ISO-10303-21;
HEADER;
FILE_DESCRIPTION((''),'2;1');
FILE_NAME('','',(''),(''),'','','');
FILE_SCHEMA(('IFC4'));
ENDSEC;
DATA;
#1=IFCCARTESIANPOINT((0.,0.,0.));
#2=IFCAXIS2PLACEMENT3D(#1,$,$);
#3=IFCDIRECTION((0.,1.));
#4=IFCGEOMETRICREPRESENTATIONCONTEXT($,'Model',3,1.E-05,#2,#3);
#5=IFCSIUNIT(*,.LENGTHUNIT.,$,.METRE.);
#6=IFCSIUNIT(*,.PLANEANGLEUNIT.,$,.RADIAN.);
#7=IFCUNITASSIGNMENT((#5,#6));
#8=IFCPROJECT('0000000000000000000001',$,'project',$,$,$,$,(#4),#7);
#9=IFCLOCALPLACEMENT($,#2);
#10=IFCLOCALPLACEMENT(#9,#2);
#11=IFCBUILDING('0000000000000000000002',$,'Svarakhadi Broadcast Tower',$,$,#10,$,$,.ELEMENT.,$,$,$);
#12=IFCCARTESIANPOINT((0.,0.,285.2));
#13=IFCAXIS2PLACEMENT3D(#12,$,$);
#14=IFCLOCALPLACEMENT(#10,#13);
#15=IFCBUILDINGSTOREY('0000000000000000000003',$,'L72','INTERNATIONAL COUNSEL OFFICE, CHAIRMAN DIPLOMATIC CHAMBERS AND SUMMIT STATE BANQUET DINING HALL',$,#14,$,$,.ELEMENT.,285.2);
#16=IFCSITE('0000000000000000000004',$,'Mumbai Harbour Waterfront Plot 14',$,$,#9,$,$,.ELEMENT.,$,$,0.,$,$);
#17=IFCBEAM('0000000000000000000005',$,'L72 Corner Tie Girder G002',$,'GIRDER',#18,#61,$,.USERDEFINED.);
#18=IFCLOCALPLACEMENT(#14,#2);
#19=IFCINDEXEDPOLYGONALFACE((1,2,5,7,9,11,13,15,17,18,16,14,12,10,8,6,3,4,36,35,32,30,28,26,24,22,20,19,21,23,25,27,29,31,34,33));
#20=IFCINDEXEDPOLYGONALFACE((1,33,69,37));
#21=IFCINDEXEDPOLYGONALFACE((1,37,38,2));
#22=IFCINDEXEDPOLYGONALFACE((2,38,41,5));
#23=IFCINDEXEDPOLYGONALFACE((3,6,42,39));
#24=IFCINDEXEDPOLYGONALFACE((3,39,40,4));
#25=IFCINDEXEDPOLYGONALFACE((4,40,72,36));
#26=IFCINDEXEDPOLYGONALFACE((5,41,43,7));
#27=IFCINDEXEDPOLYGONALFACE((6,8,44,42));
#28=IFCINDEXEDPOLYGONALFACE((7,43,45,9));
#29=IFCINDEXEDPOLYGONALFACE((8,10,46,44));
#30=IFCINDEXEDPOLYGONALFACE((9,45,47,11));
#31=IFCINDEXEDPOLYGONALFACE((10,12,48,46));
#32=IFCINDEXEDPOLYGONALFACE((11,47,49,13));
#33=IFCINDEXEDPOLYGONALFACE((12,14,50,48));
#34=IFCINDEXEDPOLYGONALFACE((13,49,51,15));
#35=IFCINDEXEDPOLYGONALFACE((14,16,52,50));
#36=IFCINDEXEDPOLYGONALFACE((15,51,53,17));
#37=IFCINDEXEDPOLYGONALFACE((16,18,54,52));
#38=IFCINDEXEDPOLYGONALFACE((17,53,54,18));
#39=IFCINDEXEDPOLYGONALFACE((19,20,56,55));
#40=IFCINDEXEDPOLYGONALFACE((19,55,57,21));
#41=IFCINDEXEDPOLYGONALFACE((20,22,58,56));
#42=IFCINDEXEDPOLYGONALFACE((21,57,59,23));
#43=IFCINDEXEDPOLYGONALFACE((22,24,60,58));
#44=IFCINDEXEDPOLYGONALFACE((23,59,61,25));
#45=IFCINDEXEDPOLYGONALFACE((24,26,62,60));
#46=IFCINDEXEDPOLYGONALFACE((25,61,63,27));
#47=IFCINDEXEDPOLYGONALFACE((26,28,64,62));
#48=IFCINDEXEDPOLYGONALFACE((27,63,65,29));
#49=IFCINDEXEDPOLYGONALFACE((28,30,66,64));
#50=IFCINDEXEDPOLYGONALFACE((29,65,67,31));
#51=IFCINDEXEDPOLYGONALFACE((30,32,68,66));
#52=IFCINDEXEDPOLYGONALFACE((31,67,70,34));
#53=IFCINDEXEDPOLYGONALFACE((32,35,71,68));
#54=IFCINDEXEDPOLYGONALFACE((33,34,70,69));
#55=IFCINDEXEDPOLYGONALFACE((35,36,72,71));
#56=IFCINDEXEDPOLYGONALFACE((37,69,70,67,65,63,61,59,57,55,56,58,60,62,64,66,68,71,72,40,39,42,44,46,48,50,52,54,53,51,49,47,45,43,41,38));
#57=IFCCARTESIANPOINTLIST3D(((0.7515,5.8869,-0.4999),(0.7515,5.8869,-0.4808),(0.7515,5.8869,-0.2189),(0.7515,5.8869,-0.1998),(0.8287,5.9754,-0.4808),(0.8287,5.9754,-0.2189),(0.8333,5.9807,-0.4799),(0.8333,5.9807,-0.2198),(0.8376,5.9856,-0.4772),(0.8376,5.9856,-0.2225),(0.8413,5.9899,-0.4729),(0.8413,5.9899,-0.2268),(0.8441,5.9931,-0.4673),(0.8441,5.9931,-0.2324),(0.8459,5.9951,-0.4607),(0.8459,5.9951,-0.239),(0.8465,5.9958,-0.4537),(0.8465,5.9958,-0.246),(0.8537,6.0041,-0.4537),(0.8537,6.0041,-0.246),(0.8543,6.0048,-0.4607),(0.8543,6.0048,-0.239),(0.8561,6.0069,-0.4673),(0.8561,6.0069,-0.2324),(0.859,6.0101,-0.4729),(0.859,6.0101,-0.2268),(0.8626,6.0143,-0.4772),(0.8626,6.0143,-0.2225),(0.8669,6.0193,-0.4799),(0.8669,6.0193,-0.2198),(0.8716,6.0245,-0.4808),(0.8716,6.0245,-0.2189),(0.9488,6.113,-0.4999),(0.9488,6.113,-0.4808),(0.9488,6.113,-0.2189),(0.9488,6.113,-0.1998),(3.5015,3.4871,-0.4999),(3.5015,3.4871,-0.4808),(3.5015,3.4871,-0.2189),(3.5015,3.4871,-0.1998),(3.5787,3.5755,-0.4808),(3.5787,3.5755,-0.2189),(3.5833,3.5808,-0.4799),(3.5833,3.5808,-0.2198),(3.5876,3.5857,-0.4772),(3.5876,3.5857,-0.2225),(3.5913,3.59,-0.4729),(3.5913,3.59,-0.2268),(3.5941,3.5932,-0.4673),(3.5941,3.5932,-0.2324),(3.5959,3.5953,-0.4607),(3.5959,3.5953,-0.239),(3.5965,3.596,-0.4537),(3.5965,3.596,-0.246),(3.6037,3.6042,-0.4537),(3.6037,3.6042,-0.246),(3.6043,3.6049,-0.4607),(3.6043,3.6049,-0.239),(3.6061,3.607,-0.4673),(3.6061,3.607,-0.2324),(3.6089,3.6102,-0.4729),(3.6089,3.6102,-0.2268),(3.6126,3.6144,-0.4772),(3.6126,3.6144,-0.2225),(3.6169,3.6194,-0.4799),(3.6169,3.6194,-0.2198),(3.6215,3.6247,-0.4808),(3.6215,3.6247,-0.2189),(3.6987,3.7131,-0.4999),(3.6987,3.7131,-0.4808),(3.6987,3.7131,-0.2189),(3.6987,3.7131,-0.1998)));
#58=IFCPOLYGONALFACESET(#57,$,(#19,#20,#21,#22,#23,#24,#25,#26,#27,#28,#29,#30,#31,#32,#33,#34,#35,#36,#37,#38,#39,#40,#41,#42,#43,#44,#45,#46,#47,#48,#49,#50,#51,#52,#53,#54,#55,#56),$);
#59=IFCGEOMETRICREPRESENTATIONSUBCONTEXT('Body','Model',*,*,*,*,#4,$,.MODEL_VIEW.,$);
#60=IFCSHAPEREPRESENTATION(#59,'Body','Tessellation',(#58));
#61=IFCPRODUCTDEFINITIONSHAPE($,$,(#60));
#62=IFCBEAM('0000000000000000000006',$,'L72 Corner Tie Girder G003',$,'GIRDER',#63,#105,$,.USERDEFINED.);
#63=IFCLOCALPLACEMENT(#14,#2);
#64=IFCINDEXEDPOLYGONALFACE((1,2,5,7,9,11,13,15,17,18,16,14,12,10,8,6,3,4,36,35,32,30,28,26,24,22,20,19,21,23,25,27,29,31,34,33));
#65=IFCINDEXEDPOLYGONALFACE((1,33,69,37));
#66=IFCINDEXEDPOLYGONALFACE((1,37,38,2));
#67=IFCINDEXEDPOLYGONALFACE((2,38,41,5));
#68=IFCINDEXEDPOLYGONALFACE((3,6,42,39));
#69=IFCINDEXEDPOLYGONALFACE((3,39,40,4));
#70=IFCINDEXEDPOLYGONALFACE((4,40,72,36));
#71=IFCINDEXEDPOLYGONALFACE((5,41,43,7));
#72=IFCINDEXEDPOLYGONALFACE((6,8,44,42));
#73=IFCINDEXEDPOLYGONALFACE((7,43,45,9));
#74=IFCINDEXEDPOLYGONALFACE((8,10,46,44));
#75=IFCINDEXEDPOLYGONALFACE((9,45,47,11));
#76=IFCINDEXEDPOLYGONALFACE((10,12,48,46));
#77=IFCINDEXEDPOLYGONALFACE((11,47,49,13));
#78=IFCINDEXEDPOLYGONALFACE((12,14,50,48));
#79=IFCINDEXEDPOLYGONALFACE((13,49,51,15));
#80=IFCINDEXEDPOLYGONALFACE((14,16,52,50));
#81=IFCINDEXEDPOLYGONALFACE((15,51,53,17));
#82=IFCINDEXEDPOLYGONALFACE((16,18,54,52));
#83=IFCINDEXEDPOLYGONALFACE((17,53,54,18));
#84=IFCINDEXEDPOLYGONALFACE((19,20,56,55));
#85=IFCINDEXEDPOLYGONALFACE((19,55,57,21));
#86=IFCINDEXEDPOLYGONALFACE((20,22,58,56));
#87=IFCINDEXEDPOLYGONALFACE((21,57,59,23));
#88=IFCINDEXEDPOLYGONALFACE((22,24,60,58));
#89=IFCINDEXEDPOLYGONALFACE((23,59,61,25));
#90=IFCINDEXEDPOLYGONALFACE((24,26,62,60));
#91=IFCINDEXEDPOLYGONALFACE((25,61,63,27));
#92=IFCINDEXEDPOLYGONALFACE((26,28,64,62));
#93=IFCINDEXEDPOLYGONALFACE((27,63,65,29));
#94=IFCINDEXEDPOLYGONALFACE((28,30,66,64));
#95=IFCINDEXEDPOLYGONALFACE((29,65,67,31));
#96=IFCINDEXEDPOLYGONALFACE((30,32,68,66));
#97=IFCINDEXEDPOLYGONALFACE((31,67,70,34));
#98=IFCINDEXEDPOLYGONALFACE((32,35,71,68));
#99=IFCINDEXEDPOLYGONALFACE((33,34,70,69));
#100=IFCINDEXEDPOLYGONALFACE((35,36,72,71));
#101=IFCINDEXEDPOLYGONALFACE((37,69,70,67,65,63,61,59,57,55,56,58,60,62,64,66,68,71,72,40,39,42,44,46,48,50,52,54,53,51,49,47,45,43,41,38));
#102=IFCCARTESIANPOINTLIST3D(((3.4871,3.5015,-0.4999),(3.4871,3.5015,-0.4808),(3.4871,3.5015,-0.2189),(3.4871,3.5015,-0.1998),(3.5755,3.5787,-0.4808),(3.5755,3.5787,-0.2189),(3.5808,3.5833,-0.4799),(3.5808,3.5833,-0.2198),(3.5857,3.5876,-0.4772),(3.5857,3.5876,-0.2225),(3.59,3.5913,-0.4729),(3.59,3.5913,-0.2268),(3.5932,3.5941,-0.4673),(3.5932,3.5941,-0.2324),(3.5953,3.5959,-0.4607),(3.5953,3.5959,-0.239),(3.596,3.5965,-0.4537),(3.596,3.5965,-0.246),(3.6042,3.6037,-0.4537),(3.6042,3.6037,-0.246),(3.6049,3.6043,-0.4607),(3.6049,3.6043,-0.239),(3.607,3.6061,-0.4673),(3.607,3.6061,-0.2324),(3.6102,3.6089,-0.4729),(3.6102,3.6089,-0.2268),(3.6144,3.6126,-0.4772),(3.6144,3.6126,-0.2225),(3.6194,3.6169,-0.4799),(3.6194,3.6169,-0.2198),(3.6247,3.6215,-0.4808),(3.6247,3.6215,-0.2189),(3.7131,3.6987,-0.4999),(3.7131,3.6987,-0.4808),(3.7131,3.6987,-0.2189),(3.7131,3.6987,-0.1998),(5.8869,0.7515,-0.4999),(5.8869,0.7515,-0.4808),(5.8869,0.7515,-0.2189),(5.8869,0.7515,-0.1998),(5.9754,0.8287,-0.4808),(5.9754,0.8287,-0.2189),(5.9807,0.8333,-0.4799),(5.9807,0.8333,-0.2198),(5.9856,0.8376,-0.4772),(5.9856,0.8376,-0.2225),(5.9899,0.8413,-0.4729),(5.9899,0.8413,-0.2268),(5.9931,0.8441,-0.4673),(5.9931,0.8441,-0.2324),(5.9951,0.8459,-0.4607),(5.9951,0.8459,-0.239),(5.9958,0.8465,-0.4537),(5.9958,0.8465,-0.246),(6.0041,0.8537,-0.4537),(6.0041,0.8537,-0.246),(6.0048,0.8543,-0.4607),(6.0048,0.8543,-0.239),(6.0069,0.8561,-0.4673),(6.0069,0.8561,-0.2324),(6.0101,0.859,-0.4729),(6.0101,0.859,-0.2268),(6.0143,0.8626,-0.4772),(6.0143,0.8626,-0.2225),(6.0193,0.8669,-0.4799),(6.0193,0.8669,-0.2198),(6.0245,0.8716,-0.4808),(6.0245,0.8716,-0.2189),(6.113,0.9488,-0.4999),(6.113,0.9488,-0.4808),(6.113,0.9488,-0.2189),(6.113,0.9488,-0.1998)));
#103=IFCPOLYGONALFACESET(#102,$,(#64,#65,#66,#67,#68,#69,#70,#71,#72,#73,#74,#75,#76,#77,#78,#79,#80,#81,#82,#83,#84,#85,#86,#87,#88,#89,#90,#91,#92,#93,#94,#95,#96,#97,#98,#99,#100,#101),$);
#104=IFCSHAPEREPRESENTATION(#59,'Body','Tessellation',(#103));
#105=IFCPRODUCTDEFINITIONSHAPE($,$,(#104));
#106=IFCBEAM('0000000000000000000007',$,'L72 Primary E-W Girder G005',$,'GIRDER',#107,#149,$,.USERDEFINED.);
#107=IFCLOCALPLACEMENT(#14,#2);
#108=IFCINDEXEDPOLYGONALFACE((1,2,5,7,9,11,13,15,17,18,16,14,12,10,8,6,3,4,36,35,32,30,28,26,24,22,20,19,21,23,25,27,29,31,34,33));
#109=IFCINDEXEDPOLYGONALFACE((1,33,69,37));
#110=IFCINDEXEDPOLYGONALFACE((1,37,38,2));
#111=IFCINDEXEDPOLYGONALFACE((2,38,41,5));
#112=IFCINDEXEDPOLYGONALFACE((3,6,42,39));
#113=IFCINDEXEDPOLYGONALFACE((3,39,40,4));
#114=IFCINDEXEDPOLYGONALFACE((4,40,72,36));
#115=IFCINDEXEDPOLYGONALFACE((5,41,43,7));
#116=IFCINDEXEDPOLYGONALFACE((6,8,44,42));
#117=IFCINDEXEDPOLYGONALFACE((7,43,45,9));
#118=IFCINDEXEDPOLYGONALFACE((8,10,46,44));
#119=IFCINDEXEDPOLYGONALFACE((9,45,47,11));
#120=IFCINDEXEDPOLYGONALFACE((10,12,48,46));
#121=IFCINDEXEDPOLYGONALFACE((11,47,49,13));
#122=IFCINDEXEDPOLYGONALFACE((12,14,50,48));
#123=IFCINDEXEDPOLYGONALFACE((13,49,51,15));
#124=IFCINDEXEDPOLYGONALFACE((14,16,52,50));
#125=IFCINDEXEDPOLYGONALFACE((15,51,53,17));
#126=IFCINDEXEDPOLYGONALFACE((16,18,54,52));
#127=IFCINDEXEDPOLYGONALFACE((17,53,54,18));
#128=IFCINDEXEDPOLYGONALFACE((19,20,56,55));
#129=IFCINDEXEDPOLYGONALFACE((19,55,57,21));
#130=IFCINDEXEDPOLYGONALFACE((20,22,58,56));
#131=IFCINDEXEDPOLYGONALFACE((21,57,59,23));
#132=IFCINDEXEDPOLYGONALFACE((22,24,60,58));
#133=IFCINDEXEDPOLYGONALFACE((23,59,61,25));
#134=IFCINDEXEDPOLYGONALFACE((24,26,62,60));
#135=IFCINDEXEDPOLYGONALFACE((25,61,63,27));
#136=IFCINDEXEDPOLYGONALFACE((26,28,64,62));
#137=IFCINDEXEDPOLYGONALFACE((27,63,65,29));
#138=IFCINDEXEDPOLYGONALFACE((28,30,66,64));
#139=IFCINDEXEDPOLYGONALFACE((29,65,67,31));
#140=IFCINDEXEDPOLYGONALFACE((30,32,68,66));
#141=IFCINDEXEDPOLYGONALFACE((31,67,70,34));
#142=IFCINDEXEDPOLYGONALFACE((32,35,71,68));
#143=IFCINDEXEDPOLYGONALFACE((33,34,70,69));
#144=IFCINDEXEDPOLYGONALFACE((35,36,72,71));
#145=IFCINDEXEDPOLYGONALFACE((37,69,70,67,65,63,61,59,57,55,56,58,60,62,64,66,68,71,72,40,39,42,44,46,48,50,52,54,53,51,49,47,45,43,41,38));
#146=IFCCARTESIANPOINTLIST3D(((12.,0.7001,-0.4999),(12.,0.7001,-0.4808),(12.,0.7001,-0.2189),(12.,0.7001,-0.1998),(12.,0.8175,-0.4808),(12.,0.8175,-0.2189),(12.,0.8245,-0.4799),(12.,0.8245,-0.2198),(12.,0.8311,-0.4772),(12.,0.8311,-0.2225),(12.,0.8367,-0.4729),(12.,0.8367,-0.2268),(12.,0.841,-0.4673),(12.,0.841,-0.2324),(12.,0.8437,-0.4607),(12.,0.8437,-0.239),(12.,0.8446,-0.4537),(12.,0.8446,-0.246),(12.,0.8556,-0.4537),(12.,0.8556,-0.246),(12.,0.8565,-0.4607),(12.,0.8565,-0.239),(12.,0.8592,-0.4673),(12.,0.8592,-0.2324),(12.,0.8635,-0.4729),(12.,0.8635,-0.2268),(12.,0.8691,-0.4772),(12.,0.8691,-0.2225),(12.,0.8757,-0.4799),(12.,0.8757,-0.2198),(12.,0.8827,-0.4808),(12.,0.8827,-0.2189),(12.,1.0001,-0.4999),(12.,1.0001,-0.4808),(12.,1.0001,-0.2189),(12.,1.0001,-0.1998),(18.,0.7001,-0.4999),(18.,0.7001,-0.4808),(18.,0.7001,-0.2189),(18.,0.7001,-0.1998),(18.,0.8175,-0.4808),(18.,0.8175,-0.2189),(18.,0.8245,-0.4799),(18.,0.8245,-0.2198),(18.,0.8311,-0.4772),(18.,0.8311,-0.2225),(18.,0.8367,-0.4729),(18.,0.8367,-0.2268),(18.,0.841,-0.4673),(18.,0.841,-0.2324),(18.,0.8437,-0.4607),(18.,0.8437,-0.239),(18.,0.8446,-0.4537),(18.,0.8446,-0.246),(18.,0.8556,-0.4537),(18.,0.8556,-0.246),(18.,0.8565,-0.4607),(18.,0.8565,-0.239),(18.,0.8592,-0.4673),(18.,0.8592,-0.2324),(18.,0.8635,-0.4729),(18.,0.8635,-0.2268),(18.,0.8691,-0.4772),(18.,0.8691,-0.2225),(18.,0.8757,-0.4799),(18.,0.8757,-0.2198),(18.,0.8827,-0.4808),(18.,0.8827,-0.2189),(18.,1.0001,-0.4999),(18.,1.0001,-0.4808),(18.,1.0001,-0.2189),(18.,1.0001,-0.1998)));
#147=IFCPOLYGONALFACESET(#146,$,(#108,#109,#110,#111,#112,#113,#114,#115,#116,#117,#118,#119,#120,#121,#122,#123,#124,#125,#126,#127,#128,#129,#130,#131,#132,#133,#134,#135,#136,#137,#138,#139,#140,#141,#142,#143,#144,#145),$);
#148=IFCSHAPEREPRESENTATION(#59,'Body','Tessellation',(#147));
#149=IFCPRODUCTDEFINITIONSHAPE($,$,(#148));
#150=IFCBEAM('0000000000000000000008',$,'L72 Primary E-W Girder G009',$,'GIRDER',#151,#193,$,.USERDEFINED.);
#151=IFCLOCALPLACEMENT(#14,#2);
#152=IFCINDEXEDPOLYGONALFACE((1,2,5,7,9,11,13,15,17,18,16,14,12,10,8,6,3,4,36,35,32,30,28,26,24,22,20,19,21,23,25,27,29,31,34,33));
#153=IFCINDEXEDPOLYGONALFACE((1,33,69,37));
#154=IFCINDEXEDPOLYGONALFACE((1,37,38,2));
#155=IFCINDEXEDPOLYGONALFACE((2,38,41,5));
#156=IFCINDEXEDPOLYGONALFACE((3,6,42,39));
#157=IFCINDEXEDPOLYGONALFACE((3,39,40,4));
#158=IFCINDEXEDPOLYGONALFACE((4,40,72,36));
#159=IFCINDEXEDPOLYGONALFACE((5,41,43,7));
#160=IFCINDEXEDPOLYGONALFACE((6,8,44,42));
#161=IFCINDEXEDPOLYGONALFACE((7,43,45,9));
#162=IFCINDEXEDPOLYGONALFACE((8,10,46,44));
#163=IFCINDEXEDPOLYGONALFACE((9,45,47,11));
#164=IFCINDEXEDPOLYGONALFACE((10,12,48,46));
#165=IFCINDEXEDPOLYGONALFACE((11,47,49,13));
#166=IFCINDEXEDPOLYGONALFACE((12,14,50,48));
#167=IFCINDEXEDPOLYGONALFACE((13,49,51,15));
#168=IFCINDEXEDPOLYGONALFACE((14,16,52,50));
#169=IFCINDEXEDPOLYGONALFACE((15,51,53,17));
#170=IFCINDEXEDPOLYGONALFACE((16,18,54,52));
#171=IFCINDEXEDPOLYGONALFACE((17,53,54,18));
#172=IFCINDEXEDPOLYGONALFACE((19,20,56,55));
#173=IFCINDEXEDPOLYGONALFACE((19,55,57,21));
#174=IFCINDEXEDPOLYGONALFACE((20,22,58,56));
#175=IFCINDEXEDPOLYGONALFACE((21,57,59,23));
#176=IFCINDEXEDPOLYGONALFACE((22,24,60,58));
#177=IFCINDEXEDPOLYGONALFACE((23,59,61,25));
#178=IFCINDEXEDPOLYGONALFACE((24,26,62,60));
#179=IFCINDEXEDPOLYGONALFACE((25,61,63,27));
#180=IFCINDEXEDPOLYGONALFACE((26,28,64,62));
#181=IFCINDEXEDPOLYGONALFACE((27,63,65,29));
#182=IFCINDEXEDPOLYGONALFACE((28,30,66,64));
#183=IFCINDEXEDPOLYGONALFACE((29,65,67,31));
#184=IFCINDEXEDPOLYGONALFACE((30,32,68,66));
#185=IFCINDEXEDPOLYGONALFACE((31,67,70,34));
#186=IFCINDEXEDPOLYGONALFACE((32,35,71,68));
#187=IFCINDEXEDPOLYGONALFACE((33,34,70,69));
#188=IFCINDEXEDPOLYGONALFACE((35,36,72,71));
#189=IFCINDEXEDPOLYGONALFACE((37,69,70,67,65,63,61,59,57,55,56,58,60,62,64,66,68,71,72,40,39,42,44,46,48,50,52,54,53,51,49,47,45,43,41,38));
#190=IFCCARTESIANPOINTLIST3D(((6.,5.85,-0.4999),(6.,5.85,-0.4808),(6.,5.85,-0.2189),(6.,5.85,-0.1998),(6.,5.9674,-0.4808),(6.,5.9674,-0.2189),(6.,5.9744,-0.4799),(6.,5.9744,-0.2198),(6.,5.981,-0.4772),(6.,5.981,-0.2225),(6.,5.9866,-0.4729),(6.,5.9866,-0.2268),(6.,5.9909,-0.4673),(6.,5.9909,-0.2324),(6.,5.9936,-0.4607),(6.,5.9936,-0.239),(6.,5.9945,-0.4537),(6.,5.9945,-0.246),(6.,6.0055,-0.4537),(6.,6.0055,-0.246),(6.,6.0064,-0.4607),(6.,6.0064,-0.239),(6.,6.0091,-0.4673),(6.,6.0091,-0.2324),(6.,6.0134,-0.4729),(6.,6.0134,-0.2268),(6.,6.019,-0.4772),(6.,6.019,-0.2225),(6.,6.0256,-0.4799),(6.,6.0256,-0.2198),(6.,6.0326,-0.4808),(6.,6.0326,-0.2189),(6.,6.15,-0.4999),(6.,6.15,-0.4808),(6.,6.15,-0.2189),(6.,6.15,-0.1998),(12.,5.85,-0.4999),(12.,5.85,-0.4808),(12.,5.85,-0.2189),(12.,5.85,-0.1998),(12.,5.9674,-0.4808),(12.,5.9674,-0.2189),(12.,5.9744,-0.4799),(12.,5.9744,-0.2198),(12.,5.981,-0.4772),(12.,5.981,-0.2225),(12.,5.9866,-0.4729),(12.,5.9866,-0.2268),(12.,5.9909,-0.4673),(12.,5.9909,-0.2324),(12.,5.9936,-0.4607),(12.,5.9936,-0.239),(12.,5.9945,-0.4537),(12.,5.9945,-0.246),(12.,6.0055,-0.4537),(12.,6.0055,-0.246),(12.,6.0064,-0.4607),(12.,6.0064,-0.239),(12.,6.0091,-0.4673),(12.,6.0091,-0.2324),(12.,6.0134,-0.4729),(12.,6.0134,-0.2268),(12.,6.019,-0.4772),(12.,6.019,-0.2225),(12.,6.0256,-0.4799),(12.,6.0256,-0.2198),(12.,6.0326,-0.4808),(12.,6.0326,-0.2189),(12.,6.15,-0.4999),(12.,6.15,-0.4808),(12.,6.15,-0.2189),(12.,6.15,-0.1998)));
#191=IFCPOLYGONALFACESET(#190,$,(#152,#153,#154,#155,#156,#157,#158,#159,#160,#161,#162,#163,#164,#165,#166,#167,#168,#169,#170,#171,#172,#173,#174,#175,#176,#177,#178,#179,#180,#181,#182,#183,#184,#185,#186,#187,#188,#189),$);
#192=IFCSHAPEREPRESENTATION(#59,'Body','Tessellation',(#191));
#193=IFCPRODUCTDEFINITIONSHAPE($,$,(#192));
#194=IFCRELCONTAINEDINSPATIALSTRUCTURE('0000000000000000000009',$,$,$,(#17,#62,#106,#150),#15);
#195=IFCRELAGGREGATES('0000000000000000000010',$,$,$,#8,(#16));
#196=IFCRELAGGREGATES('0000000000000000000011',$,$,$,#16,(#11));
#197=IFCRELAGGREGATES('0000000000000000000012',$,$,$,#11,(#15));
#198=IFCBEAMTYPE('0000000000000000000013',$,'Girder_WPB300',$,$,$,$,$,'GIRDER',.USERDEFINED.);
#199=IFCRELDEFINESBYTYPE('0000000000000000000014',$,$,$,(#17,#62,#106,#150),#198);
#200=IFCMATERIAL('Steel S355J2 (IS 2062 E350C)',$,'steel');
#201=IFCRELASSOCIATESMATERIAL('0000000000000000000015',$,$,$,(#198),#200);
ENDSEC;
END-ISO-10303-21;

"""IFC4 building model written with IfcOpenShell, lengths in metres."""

from ifc_helpers import new_model, si_unit, direction, frame, origin, origin_2d, place, context, subcontext, project, spatial, i_section, extrude, material, material_profile, profile_set, type_object, element, save


model = new_model("IFC4")

# Units and contexts
model_context = context("Model", 3, precision=1e-05, world=origin(), true_north=direction((0.0, 1.0)))
body_context = subcontext(model_context, "Body", "Model", "MODEL_VIEW")
ifc_project = project(units=[si_unit("LENGTHUNIT", "METRE"), si_unit("PLANEANGLEUNIT", "RADIAN")], contexts=[model_context])

# Site, building, storey
site_placement = place(None, origin())
site = spatial("IfcSite", under=ifc_project, at=site_placement, Name="Mumbai Harbour Waterfront Plot 14", CompositionType="ELEMENT", RefElevation=0.0)
building_placement = place(site_placement, origin())
building = spatial("IfcBuilding", under=site, at=building_placement, Name="Svarakhadi Broadcast Tower", CompositionType="ELEMENT")
storey_placement = place(building_placement, frame((0.0, 0.0, 285.2)))
storey = spatial("IfcBuildingStorey", under=building, at=storey_placement, Name="L72", Description="INTERNATIONAL COUNSEL OFFICE, CHAIRMAN DIPLOMATIC CHAMBERS AND SUMMIT STATE BANQUET DINING HALL", CompositionType="ELEMENT", Elevation=285.2)

# Beams
ifc_material_1 = material(Name="Steel S355J2 (IS 2062 E350C)", Category="steel")
ifc_material_profile_1 = material_profile(ifc_material_1, i_section(OverallWidth=0.3, OverallDepth=0.3, WebThickness=0.011, FlangeThickness=0.019, FilletRadius=0.0271, at=origin_2d()), Name="WPB 300x300x117")
ifc_profile_set_1 = profile_set([ifc_material_profile_1], Name="Steel S355J2 (IS 2062 E350C)")
beam_type_1 = type_object("IfcBeamType", Name="Girder_WPB300", ElementType="GIRDER", PredefinedType="USERDEFINED", material=ifc_profile_set_1)
for number, where, z_axis, x_axis, name in (
    (1, (3.6001, 3.6001, -0.3499), (-0.753438, 0.657519, 0.0), (-0.657519, -0.753438, 0.0), "L72 Corner Tie Girder G002"),
    (2, (3.6001, 3.6001, -0.3499), (0.657519, -0.753438, 0.0), (0.753438, 0.657519, 0.0), "L72 Corner Tie Girder G003"),
):
    element("IfcBeam", number, at=place(storey_placement, frame(where, z_axis=z_axis, x_axis=x_axis)), inside=storey, type_object=beam_type_1, Name=name, ObjectType="GIRDER", PredefinedType="USERDEFINED", context=body_context, shape_type="SweptSolid", body=[
        extrude(i_section(OverallWidth=0.3, OverallDepth=0.3, WebThickness=0.011, FlangeThickness=0.019, FilletRadius=0.0271, at=origin_2d()), origin(), (0.0, 0.0, 1.0), 3.6499),
    ])
for number, where, z_axis, x_axis, name in (
    (3, (12.0, 0.8501, -0.3499), (1.0, 0.0, 0.0), (0.0, 1.0, 0.0), "L72 Primary E-W Girder G005"),
    (4, (6.0, 6.0, -0.3499), (1.0, 0.0, 0.0), (0.0, 1.0, 0.0), "L72 Primary E-W Girder G009"),
):
    element("IfcBeam", number, at=place(storey_placement, frame(where, z_axis=z_axis, x_axis=x_axis)), inside=storey, type_object=beam_type_1, Name=name, ObjectType="GIRDER", PredefinedType="USERDEFINED", context=body_context, shape_type="SweptSolid", body=[
        extrude(i_section(OverallWidth=0.3, OverallDepth=0.3, WebThickness=0.011, FlangeThickness=0.019, FilletRadius=0.0271, at=origin_2d()), origin(), (0.0, 0.0, 1.0), 6.0),
    ])

save(model, "model.ifc")
